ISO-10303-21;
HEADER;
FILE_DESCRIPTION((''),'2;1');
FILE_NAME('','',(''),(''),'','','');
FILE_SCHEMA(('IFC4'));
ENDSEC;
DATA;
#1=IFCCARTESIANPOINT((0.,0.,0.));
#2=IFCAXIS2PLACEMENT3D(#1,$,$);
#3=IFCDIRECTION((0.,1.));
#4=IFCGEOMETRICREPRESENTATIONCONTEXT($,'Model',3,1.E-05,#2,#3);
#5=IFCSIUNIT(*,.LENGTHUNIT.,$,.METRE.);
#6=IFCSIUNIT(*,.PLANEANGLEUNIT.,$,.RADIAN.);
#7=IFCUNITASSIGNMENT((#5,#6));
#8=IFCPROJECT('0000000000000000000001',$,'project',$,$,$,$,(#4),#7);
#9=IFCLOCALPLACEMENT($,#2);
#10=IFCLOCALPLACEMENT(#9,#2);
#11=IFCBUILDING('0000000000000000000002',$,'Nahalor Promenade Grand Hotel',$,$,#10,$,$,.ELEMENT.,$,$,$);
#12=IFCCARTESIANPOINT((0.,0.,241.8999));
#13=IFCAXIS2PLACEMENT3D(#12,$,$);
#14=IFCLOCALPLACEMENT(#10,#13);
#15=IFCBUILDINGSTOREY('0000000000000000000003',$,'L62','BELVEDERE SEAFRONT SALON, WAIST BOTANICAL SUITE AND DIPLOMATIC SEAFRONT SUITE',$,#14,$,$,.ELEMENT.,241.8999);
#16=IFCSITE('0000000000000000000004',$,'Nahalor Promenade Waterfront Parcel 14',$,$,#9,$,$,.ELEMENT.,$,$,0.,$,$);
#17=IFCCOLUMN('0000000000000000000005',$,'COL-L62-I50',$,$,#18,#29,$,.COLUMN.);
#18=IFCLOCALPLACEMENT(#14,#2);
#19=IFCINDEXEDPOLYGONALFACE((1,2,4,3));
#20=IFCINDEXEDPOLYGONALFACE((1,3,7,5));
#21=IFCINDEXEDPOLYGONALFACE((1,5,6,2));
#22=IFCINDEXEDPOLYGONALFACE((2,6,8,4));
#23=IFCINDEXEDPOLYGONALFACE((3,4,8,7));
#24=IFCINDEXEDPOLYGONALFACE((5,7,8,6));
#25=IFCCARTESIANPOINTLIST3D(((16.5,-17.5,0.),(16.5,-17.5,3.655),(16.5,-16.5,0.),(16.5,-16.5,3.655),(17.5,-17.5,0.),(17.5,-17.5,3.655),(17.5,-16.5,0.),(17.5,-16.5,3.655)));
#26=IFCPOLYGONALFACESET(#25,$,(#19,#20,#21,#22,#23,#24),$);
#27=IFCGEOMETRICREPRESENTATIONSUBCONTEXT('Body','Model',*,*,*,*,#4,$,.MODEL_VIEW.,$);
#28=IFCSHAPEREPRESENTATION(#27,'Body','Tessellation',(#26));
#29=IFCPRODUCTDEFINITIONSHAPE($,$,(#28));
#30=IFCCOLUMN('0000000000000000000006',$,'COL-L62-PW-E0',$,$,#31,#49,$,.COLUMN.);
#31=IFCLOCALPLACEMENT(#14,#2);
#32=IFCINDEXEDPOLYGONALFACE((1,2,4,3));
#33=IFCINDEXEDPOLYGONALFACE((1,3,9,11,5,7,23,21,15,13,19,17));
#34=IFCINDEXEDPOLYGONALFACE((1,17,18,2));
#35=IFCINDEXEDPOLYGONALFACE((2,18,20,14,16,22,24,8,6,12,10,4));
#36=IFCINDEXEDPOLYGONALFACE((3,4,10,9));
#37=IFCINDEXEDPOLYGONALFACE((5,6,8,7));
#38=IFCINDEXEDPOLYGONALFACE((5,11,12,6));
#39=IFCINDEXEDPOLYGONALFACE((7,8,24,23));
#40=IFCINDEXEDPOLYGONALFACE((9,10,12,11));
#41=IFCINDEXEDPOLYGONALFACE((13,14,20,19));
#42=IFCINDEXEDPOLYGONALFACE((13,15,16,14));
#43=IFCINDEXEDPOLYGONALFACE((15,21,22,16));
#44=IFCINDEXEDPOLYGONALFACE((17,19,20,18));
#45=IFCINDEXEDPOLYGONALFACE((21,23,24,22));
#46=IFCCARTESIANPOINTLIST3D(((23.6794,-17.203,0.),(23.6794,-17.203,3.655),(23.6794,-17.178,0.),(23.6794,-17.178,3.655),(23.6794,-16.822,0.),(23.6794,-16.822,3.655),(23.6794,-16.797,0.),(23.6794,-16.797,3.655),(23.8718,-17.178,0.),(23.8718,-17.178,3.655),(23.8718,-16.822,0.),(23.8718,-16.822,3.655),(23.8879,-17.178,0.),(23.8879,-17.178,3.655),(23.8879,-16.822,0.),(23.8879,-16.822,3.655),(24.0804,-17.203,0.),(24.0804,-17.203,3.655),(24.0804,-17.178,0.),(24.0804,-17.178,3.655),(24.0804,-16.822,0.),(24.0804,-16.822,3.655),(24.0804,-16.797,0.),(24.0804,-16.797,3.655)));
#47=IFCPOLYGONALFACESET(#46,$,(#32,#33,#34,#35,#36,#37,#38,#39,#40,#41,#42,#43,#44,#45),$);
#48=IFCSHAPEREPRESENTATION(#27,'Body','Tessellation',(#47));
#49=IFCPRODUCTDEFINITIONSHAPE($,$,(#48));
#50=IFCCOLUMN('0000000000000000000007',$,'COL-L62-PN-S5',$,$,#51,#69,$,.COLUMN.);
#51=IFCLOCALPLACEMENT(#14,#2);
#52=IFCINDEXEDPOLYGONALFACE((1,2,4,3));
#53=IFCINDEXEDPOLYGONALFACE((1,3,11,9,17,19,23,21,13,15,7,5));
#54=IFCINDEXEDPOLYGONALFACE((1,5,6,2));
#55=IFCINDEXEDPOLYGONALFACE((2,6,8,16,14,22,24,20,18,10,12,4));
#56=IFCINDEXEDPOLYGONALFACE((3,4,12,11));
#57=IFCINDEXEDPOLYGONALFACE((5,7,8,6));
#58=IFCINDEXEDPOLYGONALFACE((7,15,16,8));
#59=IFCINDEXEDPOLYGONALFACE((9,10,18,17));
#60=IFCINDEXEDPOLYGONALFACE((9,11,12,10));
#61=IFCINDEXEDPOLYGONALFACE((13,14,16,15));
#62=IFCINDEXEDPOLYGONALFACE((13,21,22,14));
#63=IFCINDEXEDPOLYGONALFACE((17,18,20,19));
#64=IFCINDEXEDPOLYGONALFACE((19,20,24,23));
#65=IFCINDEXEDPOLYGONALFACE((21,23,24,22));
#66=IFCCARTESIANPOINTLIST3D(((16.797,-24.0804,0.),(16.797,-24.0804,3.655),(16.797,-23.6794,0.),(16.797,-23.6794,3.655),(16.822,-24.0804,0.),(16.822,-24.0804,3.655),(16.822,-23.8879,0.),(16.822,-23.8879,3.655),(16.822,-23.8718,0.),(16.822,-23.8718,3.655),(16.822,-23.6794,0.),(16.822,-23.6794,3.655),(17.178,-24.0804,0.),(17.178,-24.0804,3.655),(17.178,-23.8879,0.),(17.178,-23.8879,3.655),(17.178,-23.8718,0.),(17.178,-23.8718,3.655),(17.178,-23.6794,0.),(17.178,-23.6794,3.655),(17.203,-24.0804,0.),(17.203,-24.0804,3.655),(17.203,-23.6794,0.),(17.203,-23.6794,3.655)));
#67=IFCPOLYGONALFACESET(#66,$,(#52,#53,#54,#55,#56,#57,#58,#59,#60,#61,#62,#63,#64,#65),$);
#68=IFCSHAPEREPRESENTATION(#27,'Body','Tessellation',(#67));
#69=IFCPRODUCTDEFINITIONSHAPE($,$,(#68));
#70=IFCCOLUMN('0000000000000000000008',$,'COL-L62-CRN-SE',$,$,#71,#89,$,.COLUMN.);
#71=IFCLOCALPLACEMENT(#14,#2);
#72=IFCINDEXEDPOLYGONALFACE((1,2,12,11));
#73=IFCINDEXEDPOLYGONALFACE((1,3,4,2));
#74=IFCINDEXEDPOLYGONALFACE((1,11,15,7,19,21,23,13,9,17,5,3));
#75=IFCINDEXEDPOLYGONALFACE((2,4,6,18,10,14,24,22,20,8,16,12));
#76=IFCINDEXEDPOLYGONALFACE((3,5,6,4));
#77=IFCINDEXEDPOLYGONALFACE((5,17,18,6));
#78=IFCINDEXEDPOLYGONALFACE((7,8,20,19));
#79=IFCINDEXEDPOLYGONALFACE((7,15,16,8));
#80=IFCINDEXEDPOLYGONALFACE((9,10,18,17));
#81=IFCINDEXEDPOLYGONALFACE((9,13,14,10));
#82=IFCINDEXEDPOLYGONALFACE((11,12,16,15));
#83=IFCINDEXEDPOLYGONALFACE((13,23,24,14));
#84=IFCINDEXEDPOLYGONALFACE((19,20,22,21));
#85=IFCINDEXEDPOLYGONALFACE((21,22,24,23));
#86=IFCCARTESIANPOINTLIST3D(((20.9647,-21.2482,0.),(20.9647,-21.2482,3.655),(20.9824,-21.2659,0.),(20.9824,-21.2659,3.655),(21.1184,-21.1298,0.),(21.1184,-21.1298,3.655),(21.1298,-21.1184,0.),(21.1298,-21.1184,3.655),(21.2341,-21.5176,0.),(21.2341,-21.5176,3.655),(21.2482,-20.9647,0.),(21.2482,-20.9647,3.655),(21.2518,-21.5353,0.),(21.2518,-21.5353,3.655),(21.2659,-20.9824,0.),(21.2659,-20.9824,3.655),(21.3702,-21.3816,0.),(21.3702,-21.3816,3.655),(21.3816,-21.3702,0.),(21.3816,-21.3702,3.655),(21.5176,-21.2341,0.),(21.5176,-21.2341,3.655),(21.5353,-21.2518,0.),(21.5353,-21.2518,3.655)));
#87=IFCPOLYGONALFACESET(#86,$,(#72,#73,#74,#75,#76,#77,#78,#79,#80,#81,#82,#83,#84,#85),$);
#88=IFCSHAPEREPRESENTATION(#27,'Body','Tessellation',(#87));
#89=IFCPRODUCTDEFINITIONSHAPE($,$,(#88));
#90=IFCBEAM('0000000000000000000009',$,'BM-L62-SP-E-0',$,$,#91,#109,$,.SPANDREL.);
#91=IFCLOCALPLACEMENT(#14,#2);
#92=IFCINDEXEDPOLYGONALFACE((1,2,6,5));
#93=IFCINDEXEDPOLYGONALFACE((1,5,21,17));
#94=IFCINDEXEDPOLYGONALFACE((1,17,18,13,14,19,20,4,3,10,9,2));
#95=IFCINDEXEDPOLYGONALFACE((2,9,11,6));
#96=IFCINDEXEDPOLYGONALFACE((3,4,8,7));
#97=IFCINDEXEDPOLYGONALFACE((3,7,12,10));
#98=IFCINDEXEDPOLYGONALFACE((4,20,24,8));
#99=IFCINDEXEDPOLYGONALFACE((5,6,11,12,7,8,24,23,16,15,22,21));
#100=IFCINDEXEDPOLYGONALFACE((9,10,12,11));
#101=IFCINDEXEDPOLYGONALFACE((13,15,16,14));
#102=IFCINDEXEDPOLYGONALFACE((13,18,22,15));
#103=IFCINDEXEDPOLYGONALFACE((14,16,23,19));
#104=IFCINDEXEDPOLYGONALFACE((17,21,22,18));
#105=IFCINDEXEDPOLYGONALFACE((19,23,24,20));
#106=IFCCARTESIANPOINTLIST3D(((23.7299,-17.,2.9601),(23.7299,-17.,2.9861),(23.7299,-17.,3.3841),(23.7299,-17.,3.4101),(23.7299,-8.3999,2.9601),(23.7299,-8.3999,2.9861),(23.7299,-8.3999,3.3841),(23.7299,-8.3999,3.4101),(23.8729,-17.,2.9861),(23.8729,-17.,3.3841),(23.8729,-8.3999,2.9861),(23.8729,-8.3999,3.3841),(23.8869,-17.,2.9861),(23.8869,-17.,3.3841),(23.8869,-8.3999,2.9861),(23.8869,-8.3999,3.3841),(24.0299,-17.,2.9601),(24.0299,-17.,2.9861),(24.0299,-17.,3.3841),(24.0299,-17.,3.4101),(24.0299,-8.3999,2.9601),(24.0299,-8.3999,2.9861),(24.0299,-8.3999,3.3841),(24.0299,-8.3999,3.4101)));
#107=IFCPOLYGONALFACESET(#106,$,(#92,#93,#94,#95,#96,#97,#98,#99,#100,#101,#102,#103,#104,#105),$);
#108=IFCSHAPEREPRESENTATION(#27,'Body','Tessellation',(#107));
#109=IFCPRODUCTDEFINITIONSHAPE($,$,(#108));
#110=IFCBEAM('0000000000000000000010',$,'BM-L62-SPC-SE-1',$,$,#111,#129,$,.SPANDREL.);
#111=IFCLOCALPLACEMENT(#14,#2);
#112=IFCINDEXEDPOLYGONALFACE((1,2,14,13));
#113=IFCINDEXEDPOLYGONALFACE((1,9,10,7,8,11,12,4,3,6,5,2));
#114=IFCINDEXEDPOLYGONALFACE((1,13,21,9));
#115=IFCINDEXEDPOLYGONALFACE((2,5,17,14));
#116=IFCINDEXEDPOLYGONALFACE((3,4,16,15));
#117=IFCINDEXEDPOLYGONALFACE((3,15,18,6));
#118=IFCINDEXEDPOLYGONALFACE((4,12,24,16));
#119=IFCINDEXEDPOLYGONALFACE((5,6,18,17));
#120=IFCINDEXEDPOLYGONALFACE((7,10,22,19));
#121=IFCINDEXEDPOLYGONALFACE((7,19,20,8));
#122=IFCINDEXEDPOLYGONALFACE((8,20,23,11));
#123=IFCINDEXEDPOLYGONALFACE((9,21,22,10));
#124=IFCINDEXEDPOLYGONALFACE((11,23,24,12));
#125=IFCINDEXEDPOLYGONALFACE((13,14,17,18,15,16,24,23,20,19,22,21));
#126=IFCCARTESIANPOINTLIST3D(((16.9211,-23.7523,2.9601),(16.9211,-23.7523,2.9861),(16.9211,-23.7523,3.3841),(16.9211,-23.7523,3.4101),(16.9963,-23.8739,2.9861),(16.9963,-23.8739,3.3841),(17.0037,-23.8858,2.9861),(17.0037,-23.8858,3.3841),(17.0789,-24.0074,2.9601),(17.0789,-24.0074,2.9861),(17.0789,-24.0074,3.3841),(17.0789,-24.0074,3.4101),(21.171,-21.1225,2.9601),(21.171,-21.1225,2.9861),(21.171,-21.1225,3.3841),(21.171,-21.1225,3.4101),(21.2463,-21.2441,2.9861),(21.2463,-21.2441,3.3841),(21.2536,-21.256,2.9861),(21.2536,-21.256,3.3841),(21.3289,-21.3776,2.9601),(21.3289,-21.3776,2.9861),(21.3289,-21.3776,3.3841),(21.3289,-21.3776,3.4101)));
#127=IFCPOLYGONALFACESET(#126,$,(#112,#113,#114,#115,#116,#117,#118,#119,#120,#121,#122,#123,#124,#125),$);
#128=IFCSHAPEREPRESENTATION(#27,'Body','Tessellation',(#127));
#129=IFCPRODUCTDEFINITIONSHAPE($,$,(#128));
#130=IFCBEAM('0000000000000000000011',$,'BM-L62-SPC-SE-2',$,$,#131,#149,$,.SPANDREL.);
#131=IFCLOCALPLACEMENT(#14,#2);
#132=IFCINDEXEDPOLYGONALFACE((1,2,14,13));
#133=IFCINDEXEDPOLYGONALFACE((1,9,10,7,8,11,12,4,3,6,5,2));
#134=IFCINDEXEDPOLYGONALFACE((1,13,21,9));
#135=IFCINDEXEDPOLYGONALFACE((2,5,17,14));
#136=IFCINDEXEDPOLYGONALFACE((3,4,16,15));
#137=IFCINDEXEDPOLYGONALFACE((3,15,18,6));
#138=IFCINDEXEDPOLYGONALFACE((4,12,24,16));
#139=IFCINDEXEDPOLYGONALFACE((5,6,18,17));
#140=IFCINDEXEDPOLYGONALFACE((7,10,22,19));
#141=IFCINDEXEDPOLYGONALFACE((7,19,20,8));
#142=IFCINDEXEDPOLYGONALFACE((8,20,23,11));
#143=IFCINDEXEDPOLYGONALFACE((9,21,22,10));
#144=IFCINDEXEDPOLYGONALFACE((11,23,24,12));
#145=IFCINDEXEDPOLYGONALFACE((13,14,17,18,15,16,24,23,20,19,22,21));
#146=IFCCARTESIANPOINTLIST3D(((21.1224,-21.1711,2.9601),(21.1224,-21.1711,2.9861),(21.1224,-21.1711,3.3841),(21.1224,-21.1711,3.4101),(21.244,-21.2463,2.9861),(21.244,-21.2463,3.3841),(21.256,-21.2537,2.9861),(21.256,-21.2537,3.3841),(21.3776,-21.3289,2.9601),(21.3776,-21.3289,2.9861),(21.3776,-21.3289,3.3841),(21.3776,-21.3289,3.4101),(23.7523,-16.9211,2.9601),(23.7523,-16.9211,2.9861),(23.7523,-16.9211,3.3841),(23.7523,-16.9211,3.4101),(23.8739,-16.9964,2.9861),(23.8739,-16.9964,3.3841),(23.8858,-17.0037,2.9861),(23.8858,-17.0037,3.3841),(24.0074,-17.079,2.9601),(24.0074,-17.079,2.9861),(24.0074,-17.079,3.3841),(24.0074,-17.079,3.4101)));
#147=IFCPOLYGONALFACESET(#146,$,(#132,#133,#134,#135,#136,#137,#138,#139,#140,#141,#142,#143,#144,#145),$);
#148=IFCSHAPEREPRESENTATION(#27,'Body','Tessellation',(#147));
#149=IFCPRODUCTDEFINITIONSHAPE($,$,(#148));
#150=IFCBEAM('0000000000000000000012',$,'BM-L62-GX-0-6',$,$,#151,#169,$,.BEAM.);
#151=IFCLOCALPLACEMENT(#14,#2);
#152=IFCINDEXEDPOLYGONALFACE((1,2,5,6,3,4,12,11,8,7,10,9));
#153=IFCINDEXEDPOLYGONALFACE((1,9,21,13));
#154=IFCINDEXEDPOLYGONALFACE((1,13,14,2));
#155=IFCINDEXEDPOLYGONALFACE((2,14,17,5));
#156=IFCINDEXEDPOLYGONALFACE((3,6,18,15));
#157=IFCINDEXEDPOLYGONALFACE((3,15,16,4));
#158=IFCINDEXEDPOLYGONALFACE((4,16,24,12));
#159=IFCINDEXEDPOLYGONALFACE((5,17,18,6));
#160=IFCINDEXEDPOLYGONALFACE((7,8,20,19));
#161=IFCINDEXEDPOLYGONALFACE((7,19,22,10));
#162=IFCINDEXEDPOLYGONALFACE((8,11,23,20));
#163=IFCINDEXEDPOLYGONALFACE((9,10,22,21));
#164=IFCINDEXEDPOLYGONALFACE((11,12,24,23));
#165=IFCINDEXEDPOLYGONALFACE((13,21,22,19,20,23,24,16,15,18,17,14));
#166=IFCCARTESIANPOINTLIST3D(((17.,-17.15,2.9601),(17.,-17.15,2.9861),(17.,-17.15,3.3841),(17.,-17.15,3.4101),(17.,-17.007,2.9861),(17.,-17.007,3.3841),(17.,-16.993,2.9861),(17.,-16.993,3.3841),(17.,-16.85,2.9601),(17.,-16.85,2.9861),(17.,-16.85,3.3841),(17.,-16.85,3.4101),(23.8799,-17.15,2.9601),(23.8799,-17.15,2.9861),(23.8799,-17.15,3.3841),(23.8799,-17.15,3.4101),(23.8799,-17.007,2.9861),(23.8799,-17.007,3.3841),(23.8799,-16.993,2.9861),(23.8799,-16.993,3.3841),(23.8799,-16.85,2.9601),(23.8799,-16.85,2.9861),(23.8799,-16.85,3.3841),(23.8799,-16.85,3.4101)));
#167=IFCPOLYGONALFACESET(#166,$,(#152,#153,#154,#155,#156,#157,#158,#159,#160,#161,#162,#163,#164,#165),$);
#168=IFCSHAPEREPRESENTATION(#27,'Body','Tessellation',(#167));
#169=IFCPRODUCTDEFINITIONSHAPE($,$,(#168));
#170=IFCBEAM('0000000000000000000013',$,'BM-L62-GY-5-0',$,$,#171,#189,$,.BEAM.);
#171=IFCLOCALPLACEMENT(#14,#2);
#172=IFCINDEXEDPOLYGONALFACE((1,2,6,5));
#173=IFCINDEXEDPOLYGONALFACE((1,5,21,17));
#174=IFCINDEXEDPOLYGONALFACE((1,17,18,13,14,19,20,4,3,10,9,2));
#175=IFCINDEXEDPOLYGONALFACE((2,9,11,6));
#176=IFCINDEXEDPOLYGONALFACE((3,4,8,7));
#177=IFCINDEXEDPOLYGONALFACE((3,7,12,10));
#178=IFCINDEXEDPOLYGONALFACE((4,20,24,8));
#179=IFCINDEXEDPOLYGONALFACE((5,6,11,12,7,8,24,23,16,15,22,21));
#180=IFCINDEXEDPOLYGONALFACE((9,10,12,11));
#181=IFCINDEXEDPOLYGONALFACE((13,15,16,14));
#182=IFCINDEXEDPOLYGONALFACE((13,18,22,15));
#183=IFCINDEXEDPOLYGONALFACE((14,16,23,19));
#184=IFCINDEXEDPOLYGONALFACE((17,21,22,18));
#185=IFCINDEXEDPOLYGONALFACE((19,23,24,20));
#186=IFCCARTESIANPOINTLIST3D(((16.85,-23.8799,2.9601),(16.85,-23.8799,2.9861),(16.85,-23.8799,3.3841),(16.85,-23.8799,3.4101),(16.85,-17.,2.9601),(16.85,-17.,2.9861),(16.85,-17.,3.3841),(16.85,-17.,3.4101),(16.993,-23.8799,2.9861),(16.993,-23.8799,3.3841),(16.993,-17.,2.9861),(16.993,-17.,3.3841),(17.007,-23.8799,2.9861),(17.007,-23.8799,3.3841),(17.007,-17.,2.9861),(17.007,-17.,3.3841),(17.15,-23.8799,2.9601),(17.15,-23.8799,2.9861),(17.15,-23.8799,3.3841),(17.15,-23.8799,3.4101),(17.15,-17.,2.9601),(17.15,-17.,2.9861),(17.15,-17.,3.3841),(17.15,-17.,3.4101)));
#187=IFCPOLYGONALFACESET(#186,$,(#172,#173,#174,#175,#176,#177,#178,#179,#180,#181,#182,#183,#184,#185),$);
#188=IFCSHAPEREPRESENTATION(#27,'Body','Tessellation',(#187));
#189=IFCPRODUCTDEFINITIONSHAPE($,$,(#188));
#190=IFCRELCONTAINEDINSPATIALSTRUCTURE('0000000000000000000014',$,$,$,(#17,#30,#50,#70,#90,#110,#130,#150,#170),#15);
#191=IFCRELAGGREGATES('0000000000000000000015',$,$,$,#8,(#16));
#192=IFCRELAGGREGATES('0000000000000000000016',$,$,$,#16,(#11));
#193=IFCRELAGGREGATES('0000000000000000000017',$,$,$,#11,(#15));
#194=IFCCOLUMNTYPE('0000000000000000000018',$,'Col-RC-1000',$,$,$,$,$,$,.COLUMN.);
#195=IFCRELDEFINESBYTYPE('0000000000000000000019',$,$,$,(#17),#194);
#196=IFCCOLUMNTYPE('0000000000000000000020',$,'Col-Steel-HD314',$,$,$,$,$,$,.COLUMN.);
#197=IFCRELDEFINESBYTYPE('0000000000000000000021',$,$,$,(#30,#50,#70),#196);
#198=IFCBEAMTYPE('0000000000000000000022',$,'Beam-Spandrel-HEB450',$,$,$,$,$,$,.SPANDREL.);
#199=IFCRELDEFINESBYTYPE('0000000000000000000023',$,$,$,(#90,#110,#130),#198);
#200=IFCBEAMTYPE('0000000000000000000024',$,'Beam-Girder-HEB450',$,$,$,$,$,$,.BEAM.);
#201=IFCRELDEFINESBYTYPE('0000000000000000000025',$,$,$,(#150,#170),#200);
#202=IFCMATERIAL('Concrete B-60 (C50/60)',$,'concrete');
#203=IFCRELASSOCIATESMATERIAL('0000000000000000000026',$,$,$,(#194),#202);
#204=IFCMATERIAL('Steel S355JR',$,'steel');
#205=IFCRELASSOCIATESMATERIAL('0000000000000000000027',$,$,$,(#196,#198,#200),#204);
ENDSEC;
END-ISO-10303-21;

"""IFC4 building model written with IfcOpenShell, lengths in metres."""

from ifc_helpers import new_model, si_unit, direction, frame, origin, origin_2d, place, context, subcontext, project, spatial, rectangle, i_section, extrude, source, transform, mapped, material, material_profile, profile_set, type_object, element, save


model = new_model("IFC4")

# Units and contexts
model_context = context("Model", 3, precision=1e-05, world=origin(), true_north=direction((0.0, 1.0)))
body_context = subcontext(model_context, "Body", "Model", "MODEL_VIEW")
ifc_project = project(units=[si_unit("LENGTHUNIT", "METRE"), si_unit("PLANEANGLEUNIT", "RADIAN")], contexts=[model_context])

# Site, building, storey
site_placement = place(None, origin())
site = spatial("IfcSite", under=ifc_project, at=site_placement, Name="Nahalor Promenade Waterfront Parcel 14", CompositionType="ELEMENT", RefElevation=0.0)
building_placement = place(site_placement, origin())
building = spatial("IfcBuilding", under=site, at=building_placement, Name="Nahalor Promenade Grand Hotel", CompositionType="ELEMENT")
storey_placement = place(building_placement, frame((0.0, 0.0, 241.8999)))
storey = spatial("IfcBuildingStorey", under=building, at=storey_placement, Name="L62", Description="BELVEDERE SEAFRONT SALON, WAIST BOTANICAL SUITE AND DIPLOMATIC SEAFRONT SUITE", CompositionType="ELEMENT", Elevation=241.8999)

# Columns
ifc_material_1 = material(Name="Concrete B-60 (C50/60)", Category="concrete")
ifc_material_profile_1 = material_profile(ifc_material_1, rectangle(XDim=1.0, YDim=1.0, at=origin_2d()), Name="RC 1000x1000")
ifc_profile_set_1 = profile_set([ifc_material_profile_1], Name="Concrete B-60 (C50/60)")
column_type_1 = type_object("IfcColumnType", Name="Col-RC-1000", PredefinedType="COLUMN", material=ifc_profile_set_1)
shared_shape_1 = source(origin(), body_context, "Body", "SweptSolid", [
    extrude(rectangle(XDim=1.0, YDim=1.0, at=origin_2d()), origin(), (0.0, 0.0, 1.0), 3.655),
])
column_placement = place(storey_placement, frame((17.0, -17.0, 0.0), z_axis=(0.0, 0.0, 1.0), x_axis=(1.0, 0.0, 0.0)))
element("IfcColumn", 1, at=column_placement, inside=storey, type_object=column_type_1, Name="COL-L62-I50", PredefinedType="COLUMN", context=body_context, shape_type="MappedRepresentation", body=[
    mapped(shared_shape_1, transform((0.0, 0.0, 0.0), scale=1.0)),
])
ifc_material_2 = material(Name="Steel S355JR", Category="steel")
ifc_material_profile_2 = material_profile(ifc_material_2, i_section(OverallWidth=0.401, OverallDepth=0.406, WebThickness=0.0161, FlangeThickness=0.025, at=origin_2d()), Name="HD 400x314")
ifc_profile_set_2 = profile_set([ifc_material_profile_2], Name="Steel S355JR")
column_type_2 = type_object("IfcColumnType", Name="Col-Steel-HD314", PredefinedType="COLUMN", material=ifc_profile_set_2)
shared_shape_2 = source(origin(), body_context, "Body", "SweptSolid", [
    extrude(i_section(OverallWidth=0.401, OverallDepth=0.406, WebThickness=0.0161, FlangeThickness=0.025, at=origin_2d()), origin(), (0.0, 0.0, 1.0), 3.655),
])
for number, where, z_axis, x_axis, name in (
    (2, (23.8799, -17.0, 0.0), (0.0, 0.0, 1.0), (1.0, 0.0, 0.0), "COL-L62-PW-E0"),
    (3, (17.0, -23.8799, 0.0), (0.0, 0.0, 1.0), (0.0, 1.0, 0.0), "COL-L62-PN-S5"),
    (4, (21.25, -21.25, 0.0), (0.0, 0.0, 1.0), (0.707107, 0.707107, 0.0), "COL-L62-CRN-SE"),
):
    element("IfcColumn", number, at=place(storey_placement, frame(where, z_axis=z_axis, x_axis=x_axis)), inside=storey, type_object=column_type_2, Name=name, PredefinedType="COLUMN", context=body_context, shape_type="MappedRepresentation", body=[
        mapped(shared_shape_2, transform((0.0, 0.0, 0.0), scale=1.0)),
    ])

# Beams
ifc_material_profile_3 = material_profile(ifc_material_2, i_section(OverallWidth=0.3, OverallDepth=0.45, WebThickness=0.014, FlangeThickness=0.026, at=origin_2d()), Name="HEB 450")
ifc_profile_set_3 = profile_set([ifc_material_profile_3], Name="Steel S355JR")
beam_type_1 = type_object("IfcBeamType", Name="Beam-Spandrel-HEB450", PredefinedType="SPANDREL", material=ifc_profile_set_3)
shared_shape_3 = source(origin(), body_context, "Body", "SweptSolid", [
    extrude(i_section(OverallWidth=0.3, OverallDepth=0.45, WebThickness=0.014, FlangeThickness=0.026, at=origin_2d()), origin(), (0.0, 0.0, 1.0), 8.6001),
])
beam_1_placement = place(storey_placement, frame((23.8799, -17.0, 3.1851), z_axis=(0.0, 1.0, 0.0), x_axis=(-1.0, 0.0, 0.0)))
element("IfcBeam", 5, at=beam_1_placement, inside=storey, type_object=beam_type_1, Name="BM-L62-SP-E-0", PredefinedType="SPANDREL", context=body_context, shape_type="MappedRepresentation", body=[
    mapped(shared_shape_3, transform((0.0, 0.0, 0.0), scale=1.0)),
])
shared_shape_4 = source(origin(), body_context, "Body", "SweptSolid", [
    extrude(i_section(OverallWidth=0.3, OverallDepth=0.45, WebThickness=0.014, FlangeThickness=0.026, at=origin_2d()), origin(), (0.0, 0.0, 1.0), 4.9978),
])
for number, where, z_axis, x_axis, name in (
    (6, (17.0, -23.8799, 3.1851), (0.850361, 0.5262, 0.0), (-0.5262, 0.850361, 0.0), "BM-L62-SPC-SE-1"),
    (7, (21.25, -21.25, 3.1851), (0.5262, 0.850361, 0.0), (-0.850361, 0.5262, 0.0), "BM-L62-SPC-SE-2"),
):
    element("IfcBeam", number, at=place(storey_placement, frame(where, z_axis=z_axis, x_axis=x_axis)), inside=storey, type_object=beam_type_1, Name=name, PredefinedType="SPANDREL", context=body_context, shape_type="MappedRepresentation", body=[
        mapped(shared_shape_4, transform((0.0, 0.0, 0.0), scale=1.0)),
    ])
ifc_material_profile_4 = material_profile(ifc_material_2, i_section(OverallWidth=0.3, OverallDepth=0.45, WebThickness=0.014, FlangeThickness=0.026, at=origin_2d()), Name="HEB 450")
ifc_profile_set_4 = profile_set([ifc_material_profile_4], Name="Steel S355JR")
beam_type_2 = type_object("IfcBeamType", Name="Beam-Girder-HEB450", PredefinedType="BEAM", material=ifc_profile_set_4)
shared_shape_5 = source(origin(), body_context, "Body", "SweptSolid", [
    extrude(i_section(OverallWidth=0.3, OverallDepth=0.45, WebThickness=0.014, FlangeThickness=0.026, at=origin_2d()), origin(), (0.0, 0.0, 1.0), 6.8799),
])
for number, where, z_axis, x_axis, name in (
    (8, (17.0, -17.0, 3.1851), (1.0, 0.0, 0.0), (0.0, 1.0, 0.0), "BM-L62-GX-0-6"),
    (9, (17.0, -23.8799, 3.1851), (0.0, 1.0, 0.0), (-1.0, 0.0, 0.0), "BM-L62-GY-5-0"),
):
    element("IfcBeam", number, at=place(storey_placement, frame(where, z_axis=z_axis, x_axis=x_axis)), inside=storey, type_object=beam_type_2, Name=name, PredefinedType="BEAM", context=body_context, shape_type="MappedRepresentation", body=[
        mapped(shared_shape_5, transform((0.0, 0.0, 0.0), scale=1.0)),
    ])

save(model, "model.ifc")
